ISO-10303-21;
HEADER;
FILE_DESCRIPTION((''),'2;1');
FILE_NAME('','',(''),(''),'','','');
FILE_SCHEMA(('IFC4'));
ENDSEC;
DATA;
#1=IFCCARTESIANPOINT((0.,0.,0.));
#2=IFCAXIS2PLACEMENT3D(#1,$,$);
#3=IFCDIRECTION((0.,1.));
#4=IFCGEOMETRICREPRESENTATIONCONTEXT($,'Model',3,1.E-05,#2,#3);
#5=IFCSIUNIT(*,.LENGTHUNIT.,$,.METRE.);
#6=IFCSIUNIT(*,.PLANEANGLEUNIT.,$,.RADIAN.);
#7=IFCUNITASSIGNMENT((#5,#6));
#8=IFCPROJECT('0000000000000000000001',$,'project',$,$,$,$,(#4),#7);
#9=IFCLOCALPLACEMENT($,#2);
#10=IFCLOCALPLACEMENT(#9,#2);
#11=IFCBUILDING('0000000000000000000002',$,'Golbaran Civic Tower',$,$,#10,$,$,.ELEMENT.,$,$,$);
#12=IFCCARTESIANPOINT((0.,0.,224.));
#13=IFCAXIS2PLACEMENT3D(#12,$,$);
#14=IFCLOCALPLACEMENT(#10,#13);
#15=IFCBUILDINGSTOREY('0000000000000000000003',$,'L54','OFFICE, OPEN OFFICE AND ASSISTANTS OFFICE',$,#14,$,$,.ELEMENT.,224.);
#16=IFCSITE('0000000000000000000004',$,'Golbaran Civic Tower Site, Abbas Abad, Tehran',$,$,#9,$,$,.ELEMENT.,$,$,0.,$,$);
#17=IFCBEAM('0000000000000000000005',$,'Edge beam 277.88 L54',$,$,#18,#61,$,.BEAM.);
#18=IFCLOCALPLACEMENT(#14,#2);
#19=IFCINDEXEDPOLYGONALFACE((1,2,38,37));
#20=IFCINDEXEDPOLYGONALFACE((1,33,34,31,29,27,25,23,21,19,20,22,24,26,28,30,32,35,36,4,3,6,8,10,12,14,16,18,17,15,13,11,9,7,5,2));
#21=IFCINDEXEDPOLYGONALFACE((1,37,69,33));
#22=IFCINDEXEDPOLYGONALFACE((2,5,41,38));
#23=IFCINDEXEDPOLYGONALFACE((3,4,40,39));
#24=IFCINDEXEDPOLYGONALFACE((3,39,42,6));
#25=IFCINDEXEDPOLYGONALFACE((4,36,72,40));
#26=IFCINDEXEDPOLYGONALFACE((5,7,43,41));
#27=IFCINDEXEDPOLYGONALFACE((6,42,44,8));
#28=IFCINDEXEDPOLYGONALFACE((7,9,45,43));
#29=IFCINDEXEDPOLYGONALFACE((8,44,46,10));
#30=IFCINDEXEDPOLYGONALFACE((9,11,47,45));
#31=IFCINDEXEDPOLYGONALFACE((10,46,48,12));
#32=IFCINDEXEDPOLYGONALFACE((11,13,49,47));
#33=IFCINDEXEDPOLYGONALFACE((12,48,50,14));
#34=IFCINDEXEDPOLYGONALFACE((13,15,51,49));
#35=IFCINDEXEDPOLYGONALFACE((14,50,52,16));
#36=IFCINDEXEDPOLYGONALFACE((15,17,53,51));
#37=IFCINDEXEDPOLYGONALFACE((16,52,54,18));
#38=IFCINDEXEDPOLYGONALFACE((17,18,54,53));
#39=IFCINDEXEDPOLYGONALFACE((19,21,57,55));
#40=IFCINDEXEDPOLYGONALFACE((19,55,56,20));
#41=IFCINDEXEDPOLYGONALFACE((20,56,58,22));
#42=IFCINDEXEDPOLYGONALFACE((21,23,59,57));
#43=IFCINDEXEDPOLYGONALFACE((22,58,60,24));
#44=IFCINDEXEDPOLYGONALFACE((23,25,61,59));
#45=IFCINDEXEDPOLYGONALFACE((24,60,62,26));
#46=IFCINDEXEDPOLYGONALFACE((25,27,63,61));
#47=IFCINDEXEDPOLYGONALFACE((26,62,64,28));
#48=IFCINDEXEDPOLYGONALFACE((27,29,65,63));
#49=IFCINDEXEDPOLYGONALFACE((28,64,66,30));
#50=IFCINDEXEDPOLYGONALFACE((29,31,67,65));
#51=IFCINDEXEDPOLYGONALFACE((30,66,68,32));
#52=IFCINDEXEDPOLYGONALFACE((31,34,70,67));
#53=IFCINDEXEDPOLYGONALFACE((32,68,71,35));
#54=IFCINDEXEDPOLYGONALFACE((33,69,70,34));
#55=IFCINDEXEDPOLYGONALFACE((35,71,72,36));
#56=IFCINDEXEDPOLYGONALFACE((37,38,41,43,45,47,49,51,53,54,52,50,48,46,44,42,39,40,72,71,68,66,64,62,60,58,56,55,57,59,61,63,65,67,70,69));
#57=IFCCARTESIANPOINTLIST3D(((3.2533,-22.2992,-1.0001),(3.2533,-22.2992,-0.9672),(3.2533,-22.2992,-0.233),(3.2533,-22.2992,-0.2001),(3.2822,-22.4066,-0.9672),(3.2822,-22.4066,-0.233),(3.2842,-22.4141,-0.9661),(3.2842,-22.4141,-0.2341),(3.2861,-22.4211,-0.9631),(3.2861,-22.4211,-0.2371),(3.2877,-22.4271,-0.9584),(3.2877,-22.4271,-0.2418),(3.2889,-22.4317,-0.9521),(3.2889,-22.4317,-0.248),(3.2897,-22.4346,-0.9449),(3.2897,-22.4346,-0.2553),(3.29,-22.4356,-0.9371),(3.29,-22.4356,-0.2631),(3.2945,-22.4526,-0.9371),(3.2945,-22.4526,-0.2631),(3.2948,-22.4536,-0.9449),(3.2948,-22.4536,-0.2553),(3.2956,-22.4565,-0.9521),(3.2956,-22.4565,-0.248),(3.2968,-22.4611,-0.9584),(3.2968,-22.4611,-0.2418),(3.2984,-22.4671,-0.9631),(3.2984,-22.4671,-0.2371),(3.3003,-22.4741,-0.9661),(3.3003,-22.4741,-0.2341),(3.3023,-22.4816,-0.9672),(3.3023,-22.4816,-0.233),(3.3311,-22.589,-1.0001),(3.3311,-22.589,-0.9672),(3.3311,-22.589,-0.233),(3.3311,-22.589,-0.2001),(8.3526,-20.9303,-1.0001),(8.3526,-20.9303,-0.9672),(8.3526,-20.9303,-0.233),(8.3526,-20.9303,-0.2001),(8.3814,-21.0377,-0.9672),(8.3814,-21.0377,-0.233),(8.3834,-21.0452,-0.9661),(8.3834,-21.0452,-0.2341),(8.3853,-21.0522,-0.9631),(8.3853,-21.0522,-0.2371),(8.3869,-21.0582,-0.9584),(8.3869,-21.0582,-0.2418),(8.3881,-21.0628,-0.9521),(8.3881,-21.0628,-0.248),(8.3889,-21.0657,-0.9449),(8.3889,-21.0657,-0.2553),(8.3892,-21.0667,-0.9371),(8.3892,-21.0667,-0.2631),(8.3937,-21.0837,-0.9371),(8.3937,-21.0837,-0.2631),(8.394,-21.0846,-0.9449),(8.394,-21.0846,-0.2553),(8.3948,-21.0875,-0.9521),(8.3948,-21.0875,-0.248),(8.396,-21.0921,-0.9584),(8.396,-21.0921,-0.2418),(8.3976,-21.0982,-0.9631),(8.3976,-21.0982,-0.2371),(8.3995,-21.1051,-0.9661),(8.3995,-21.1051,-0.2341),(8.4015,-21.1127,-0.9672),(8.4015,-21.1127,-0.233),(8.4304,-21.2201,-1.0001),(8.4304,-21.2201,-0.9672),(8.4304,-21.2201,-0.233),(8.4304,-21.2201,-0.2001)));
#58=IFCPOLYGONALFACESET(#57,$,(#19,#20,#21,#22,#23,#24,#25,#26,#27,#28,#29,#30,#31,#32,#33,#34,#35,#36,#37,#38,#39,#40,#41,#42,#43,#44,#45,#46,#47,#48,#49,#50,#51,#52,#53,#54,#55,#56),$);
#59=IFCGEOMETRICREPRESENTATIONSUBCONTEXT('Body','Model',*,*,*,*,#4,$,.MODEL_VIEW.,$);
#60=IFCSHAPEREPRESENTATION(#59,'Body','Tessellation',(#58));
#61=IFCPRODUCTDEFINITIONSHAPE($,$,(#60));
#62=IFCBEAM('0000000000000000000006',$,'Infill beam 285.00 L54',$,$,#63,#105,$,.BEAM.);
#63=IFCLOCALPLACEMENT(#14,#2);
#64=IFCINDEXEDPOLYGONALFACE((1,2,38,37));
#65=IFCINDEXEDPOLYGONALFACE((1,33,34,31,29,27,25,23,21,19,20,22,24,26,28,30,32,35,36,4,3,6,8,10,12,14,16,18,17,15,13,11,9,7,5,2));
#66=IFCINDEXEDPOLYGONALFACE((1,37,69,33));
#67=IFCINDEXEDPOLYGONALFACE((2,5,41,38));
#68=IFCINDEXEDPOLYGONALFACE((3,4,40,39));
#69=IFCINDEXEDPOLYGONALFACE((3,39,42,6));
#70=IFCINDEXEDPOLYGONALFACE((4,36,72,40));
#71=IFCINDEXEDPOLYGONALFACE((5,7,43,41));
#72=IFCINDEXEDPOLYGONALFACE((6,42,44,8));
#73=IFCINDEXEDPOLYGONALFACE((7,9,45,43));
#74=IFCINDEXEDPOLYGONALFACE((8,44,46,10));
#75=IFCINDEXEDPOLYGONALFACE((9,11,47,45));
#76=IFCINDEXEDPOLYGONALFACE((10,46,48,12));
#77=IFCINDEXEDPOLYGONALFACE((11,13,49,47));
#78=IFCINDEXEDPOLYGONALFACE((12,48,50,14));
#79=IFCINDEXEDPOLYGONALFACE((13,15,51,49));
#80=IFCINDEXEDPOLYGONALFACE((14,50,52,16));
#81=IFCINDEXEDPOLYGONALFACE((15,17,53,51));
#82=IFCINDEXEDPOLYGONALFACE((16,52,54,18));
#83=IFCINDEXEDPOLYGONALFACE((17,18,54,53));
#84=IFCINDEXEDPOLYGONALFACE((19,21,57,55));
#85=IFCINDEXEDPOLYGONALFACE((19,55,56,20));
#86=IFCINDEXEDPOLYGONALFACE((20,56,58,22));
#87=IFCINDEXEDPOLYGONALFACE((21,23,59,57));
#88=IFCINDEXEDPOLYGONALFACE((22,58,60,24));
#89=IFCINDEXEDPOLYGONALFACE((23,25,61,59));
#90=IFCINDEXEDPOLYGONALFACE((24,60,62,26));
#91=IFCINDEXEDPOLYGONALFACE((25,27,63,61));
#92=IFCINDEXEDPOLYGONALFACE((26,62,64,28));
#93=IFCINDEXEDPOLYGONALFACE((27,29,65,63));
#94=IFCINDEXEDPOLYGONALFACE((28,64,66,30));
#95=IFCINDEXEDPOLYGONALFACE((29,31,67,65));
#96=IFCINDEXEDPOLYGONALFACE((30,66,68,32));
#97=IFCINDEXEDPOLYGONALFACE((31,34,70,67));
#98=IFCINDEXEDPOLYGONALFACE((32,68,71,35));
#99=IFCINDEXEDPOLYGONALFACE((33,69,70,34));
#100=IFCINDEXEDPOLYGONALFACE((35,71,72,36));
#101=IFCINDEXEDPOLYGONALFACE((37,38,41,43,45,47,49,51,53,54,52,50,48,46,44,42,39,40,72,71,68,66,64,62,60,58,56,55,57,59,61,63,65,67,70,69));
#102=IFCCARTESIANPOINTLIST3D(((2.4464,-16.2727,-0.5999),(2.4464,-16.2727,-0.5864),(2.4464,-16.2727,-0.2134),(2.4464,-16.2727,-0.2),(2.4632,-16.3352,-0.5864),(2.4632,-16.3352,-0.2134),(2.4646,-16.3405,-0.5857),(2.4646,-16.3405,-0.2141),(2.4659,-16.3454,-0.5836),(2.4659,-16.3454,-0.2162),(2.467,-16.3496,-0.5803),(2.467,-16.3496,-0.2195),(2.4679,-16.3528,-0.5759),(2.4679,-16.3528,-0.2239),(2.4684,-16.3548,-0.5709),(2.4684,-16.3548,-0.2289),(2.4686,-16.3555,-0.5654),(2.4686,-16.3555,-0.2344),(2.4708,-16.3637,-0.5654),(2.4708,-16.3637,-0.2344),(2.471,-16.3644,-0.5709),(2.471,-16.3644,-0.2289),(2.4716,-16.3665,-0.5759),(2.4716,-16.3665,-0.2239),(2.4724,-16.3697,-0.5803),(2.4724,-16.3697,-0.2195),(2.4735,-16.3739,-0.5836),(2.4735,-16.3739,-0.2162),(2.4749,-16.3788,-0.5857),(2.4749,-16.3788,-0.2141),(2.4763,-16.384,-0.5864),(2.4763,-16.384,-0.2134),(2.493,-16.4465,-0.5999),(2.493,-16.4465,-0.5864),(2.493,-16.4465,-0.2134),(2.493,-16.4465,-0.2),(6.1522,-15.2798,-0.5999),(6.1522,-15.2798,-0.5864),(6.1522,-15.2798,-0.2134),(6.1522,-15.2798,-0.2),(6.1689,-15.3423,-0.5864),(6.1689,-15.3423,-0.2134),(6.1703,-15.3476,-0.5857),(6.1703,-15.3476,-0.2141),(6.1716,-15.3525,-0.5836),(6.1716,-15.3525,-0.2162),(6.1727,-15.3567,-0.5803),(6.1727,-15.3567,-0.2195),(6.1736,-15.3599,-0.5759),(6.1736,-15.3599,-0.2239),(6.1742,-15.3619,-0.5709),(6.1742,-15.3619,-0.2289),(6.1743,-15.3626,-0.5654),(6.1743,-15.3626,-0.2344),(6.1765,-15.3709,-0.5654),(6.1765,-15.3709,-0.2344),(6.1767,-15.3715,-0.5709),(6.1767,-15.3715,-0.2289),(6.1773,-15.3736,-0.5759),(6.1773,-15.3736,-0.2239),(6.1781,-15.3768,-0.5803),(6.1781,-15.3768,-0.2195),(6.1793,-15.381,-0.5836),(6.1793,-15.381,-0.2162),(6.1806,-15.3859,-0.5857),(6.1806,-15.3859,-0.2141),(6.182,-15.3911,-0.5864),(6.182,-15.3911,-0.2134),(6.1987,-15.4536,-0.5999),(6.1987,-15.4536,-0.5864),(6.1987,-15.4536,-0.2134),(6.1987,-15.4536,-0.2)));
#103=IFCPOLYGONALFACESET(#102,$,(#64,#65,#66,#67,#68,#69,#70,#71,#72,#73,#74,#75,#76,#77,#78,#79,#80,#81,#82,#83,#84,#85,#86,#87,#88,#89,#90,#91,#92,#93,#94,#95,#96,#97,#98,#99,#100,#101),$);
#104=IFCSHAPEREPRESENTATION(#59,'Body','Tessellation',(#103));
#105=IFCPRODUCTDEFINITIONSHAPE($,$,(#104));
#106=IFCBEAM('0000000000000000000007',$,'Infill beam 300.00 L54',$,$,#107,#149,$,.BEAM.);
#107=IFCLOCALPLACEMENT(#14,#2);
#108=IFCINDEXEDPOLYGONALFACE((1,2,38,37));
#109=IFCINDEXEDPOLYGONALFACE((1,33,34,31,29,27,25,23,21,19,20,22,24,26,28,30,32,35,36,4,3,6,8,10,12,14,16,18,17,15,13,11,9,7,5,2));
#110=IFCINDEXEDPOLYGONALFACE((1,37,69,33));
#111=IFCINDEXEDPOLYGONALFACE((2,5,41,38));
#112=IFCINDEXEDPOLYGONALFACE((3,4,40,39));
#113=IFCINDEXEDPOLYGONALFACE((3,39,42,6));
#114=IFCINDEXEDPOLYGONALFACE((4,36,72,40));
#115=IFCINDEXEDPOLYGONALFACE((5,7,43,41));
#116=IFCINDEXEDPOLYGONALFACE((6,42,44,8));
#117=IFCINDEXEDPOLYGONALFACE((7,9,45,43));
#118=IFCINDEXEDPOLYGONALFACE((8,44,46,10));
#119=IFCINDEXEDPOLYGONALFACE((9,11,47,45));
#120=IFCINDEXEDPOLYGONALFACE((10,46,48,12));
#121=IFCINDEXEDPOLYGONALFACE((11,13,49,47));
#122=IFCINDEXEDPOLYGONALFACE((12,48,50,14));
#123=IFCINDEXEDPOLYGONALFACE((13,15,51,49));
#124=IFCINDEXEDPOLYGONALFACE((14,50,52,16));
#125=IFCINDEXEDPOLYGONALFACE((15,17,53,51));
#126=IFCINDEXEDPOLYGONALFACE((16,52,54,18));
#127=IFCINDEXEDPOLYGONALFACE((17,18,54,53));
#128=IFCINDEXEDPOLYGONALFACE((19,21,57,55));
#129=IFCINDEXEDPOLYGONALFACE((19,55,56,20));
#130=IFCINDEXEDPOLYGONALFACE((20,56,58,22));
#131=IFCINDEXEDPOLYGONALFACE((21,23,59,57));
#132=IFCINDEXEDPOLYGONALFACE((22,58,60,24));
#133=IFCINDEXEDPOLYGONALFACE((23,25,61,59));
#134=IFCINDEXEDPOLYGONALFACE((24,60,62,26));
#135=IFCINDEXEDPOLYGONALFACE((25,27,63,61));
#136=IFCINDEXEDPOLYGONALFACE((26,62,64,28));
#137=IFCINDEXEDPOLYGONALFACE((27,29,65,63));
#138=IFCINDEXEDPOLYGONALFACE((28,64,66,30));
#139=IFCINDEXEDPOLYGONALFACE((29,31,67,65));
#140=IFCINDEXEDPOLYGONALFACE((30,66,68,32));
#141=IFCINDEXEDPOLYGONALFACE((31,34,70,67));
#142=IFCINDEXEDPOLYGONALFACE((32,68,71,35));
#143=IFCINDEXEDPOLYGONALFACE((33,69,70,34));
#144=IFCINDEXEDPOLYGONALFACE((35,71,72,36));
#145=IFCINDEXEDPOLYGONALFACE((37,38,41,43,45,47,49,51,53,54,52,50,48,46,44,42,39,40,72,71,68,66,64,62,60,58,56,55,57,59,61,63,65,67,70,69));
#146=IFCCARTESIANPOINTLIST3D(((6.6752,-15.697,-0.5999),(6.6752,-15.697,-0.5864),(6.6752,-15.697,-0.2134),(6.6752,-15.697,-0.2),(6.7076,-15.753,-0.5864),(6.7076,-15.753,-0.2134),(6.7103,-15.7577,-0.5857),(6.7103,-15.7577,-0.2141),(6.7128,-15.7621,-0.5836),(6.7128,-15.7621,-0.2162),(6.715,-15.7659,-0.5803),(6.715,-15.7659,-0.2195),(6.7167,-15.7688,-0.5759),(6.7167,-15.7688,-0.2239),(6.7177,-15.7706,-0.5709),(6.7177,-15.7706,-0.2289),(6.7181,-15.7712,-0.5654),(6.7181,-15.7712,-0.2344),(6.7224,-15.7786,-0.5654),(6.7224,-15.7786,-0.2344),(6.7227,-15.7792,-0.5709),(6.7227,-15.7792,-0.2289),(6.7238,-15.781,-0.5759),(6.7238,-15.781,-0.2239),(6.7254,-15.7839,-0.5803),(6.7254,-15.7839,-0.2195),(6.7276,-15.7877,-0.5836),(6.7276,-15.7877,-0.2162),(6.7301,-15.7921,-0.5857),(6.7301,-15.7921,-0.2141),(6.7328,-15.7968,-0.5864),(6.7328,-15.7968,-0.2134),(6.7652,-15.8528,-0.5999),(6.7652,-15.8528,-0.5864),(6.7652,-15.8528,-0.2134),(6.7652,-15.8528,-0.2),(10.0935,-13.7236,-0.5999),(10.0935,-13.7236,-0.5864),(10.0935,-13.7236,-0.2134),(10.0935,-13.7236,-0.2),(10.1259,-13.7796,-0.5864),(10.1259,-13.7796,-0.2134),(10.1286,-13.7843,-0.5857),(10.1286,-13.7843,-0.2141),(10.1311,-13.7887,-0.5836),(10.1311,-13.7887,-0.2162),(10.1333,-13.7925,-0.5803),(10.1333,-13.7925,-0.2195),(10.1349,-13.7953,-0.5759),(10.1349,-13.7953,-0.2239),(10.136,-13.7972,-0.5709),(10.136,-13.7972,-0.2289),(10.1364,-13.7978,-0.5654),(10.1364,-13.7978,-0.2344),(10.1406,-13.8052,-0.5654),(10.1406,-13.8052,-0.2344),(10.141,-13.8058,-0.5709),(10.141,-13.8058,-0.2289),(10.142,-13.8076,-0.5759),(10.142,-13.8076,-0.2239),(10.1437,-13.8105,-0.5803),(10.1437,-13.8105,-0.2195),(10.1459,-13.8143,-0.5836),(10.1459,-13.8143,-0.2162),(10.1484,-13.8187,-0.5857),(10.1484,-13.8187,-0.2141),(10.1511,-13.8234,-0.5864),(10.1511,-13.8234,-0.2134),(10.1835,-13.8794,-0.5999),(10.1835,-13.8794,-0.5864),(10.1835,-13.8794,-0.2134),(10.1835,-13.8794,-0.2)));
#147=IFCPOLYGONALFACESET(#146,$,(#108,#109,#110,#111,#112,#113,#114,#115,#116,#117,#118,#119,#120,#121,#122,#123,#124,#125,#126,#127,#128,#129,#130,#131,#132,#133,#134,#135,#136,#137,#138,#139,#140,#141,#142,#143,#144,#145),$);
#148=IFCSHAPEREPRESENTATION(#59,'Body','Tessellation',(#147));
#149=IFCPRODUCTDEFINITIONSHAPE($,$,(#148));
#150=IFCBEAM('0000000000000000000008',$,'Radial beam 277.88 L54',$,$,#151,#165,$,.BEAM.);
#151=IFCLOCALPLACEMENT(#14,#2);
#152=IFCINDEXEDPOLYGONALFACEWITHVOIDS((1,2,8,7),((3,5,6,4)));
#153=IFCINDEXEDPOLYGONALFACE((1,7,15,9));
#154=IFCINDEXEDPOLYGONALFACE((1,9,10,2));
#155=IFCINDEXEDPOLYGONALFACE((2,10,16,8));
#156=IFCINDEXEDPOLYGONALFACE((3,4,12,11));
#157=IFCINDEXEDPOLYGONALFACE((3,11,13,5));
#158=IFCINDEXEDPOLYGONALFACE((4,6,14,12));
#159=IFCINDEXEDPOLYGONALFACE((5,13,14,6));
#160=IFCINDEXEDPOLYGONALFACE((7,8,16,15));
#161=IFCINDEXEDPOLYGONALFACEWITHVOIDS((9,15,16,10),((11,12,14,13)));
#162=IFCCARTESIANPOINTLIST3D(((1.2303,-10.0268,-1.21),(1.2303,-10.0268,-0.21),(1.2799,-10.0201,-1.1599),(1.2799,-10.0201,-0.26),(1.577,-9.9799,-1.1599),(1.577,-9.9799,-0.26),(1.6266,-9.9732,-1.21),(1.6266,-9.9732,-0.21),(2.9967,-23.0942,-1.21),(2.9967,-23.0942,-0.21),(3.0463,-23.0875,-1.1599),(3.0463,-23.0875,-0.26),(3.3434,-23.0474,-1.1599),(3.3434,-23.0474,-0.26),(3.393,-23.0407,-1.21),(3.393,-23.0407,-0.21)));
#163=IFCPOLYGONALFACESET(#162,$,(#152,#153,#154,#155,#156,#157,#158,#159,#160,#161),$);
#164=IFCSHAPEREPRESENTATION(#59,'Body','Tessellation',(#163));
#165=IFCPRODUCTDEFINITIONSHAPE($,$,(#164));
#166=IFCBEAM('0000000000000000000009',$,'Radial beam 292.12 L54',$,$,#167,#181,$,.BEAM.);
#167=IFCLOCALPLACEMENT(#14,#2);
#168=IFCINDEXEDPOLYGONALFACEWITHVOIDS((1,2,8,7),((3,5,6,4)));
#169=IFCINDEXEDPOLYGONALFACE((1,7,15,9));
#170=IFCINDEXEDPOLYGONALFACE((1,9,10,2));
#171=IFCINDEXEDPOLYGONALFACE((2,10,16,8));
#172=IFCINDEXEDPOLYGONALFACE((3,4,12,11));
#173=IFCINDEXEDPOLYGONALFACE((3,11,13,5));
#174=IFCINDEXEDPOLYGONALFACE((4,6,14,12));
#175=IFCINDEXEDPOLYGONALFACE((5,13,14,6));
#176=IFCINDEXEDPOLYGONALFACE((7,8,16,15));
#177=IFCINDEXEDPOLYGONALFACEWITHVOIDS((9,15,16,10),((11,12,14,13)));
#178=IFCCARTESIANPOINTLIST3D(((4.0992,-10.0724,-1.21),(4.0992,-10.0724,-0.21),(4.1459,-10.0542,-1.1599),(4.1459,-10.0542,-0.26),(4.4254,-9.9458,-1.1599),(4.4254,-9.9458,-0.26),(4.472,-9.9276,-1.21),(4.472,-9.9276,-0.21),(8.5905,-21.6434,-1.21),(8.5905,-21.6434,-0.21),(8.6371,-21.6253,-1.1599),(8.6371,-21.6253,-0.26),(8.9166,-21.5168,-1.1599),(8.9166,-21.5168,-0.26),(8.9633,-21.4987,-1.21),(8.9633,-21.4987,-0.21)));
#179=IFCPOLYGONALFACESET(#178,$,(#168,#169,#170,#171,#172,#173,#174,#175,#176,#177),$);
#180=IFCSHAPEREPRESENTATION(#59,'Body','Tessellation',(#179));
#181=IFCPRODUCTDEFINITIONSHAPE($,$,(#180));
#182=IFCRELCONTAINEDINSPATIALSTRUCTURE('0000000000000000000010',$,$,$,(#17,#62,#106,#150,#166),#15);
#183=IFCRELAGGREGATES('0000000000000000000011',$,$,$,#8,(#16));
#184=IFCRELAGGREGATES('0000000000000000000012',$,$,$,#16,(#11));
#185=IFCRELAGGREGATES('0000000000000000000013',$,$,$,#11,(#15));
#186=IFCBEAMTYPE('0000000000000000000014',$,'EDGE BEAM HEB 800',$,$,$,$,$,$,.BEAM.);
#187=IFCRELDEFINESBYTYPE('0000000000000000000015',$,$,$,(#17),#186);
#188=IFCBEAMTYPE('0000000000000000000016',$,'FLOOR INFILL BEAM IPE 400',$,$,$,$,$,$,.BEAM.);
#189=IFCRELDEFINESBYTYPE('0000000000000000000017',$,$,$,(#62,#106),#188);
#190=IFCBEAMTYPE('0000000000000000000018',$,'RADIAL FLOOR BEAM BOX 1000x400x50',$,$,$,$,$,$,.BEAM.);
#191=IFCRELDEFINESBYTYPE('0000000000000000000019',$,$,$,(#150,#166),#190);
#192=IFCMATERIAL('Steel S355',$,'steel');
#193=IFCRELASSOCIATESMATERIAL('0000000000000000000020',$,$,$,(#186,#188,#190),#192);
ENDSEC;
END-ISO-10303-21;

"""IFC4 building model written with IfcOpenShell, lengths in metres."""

from ifc_helpers import new_model, si_unit, direction, frame, origin, origin_2d, place, context, subcontext, project, spatial, hollow_rectangle, i_section, extrude, material, material_profile, profile_set, type_object, element, save


model = new_model("IFC4")

# Units and contexts
model_context = context("Model", 3, precision=1e-05, world=origin(), true_north=direction((0.0, 1.0)))
body_context = subcontext(model_context, "Body", "Model", "MODEL_VIEW")
ifc_project = project(units=[si_unit("LENGTHUNIT", "METRE"), si_unit("PLANEANGLEUNIT", "RADIAN")], contexts=[model_context])

# Site, building, storey
site_placement = place(None, origin())
site = spatial("IfcSite", under=ifc_project, at=site_placement, Name="Golbaran Civic Tower Site, Abbas Abad, Tehran", CompositionType="ELEMENT", RefElevation=0.0)
building_placement = place(site_placement, origin())
building = spatial("IfcBuilding", under=site, at=building_placement, Name="Golbaran Civic Tower", CompositionType="ELEMENT")
storey_placement = place(building_placement, frame((0.0, 0.0, 224.0)))
storey = spatial("IfcBuildingStorey", under=building, at=storey_placement, Name="L54", Description="OFFICE, OPEN OFFICE AND ASSISTANTS OFFICE", CompositionType="ELEMENT", Elevation=224.0)

# Beams
ifc_material_1 = material(Name="Steel S355", Category="steel")
ifc_material_profile_1 = material_profile(ifc_material_1, i_section(OverallWidth=0.3, OverallDepth=0.8, WebThickness=0.0176, FlangeThickness=0.033, FilletRadius=0.03, at=origin_2d()), Name="HEB 800")
ifc_profile_set_1 = profile_set([ifc_material_profile_1], Name="Steel S355")
beam_type_1 = type_object("IfcBeamType", Name="EDGE BEAM HEB 800", PredefinedType="BEAM", material=ifc_profile_set_1)
beam_1_placement = place(storey_placement, frame((3.2922, -22.4441, -0.6001), z_axis=(0.965803, 0.259277, 0.0), x_axis=(-0.259277, 0.965803, 0.0)))
element("IfcBeam", 1, at=beam_1_placement, inside=storey, type_object=beam_type_1, Name="Edge beam 277.88 L54", PredefinedType="BEAM", context=body_context, shape_type="SweptSolid", body=[
    extrude(i_section(OverallWidth=0.3, OverallDepth=0.8, WebThickness=0.0176, FlangeThickness=0.033, FilletRadius=0.03, at=origin_2d()), origin(), (0.0, 0.0, 1.0), 5.2798),
])
ifc_material_profile_2 = material_profile(ifc_material_1, i_section(OverallWidth=0.1799, OverallDepth=0.3999, WebThickness=0.0085, FlangeThickness=0.0134, FilletRadius=0.021, at=origin_2d()), Name="IPE 400")
ifc_profile_set_2 = profile_set([ifc_material_profile_2], Name="Steel S355")
beam_type_2 = type_object("IfcBeamType", Name="FLOOR INFILL BEAM IPE 400", PredefinedType="BEAM", material=ifc_profile_set_2)
beam_2_placement = place(storey_placement, frame((2.4697, -16.3596, -0.3999), z_axis=(0.965929, 0.258807, 0.0), x_axis=(-0.258807, 0.965929, 0.0)))
element("IfcBeam", 2, at=beam_2_placement, inside=storey, type_object=beam_type_2, Name="Infill beam 285.00 L54", PredefinedType="BEAM", context=body_context, shape_type="SweptSolid", body=[
    extrude(i_section(OverallWidth=0.1799, OverallDepth=0.3999, WebThickness=0.0085, FlangeThickness=0.0134, FilletRadius=0.021, at=origin_2d()), origin(), (0.0, 0.0, 1.0), 3.8364),
])
beam_3_placement = place(storey_placement, frame((6.7202, -15.7749, -0.3999), z_axis=(0.866038, 0.499978, 0.0), x_axis=(-0.499978, 0.866038, 0.0)))
element("IfcBeam", 3, at=beam_3_placement, inside=storey, type_object=beam_type_2, Name="Infill beam 300.00 L54", PredefinedType="BEAM", context=body_context, shape_type="SweptSolid", body=[
    extrude(i_section(OverallWidth=0.1799, OverallDepth=0.3999, WebThickness=0.0085, FlangeThickness=0.0134, FilletRadius=0.021, at=origin_2d()), origin(), (0.0, 0.0, 1.0), 3.947),
])
ifc_material_profile_3 = material_profile(ifc_material_1, hollow_rectangle(XDim=0.3999, YDim=1.0, WallThickness=0.05, at=origin_2d()), Name="BOX 1000x400x50")
ifc_profile_set_3 = profile_set([ifc_material_profile_3], Name="Steel S355")
beam_type_3 = type_object("IfcBeamType", Name="RADIAL FLOOR BEAM BOX 1000x400x50", PredefinedType="BEAM", material=ifc_profile_set_3)
beam_4_placement = place(storey_placement, frame((1.4285, -10.0, -0.71), z_axis=(0.133955, -0.990987, 0.0), x_axis=(0.990987, 0.133955, 0.0)))
element("IfcBeam", 4, at=beam_4_placement, inside=storey, type_object=beam_type_3, Name="Radial beam 277.88 L54", PredefinedType="BEAM", context=body_context, shape_type="SweptSolid", body=[
    extrude(hollow_rectangle(XDim=0.3999, YDim=1.0, WallThickness=0.05, at=origin_2d()), origin(), (0.0, 0.0, 1.0), 13.1863),
])
beam_5_placement = place(storey_placement, frame((4.2856, -10.0, -0.71), z_axis=(0.361842, -0.93224, 0.0), x_axis=(0.93224, 0.361842, 0.0)))
element("IfcBeam", 5, at=beam_5_placement, inside=storey, type_object=beam_type_3, Name="Radial beam 292.12 L54", PredefinedType="BEAM", context=body_context, shape_type="SweptSolid", body=[
    extrude(hollow_rectangle(XDim=0.3999, YDim=1.0, WallThickness=0.05, at=origin_2d()), origin(), (0.0, 0.0, 1.0), 12.4121),
])

save(model, "model.ifc")
